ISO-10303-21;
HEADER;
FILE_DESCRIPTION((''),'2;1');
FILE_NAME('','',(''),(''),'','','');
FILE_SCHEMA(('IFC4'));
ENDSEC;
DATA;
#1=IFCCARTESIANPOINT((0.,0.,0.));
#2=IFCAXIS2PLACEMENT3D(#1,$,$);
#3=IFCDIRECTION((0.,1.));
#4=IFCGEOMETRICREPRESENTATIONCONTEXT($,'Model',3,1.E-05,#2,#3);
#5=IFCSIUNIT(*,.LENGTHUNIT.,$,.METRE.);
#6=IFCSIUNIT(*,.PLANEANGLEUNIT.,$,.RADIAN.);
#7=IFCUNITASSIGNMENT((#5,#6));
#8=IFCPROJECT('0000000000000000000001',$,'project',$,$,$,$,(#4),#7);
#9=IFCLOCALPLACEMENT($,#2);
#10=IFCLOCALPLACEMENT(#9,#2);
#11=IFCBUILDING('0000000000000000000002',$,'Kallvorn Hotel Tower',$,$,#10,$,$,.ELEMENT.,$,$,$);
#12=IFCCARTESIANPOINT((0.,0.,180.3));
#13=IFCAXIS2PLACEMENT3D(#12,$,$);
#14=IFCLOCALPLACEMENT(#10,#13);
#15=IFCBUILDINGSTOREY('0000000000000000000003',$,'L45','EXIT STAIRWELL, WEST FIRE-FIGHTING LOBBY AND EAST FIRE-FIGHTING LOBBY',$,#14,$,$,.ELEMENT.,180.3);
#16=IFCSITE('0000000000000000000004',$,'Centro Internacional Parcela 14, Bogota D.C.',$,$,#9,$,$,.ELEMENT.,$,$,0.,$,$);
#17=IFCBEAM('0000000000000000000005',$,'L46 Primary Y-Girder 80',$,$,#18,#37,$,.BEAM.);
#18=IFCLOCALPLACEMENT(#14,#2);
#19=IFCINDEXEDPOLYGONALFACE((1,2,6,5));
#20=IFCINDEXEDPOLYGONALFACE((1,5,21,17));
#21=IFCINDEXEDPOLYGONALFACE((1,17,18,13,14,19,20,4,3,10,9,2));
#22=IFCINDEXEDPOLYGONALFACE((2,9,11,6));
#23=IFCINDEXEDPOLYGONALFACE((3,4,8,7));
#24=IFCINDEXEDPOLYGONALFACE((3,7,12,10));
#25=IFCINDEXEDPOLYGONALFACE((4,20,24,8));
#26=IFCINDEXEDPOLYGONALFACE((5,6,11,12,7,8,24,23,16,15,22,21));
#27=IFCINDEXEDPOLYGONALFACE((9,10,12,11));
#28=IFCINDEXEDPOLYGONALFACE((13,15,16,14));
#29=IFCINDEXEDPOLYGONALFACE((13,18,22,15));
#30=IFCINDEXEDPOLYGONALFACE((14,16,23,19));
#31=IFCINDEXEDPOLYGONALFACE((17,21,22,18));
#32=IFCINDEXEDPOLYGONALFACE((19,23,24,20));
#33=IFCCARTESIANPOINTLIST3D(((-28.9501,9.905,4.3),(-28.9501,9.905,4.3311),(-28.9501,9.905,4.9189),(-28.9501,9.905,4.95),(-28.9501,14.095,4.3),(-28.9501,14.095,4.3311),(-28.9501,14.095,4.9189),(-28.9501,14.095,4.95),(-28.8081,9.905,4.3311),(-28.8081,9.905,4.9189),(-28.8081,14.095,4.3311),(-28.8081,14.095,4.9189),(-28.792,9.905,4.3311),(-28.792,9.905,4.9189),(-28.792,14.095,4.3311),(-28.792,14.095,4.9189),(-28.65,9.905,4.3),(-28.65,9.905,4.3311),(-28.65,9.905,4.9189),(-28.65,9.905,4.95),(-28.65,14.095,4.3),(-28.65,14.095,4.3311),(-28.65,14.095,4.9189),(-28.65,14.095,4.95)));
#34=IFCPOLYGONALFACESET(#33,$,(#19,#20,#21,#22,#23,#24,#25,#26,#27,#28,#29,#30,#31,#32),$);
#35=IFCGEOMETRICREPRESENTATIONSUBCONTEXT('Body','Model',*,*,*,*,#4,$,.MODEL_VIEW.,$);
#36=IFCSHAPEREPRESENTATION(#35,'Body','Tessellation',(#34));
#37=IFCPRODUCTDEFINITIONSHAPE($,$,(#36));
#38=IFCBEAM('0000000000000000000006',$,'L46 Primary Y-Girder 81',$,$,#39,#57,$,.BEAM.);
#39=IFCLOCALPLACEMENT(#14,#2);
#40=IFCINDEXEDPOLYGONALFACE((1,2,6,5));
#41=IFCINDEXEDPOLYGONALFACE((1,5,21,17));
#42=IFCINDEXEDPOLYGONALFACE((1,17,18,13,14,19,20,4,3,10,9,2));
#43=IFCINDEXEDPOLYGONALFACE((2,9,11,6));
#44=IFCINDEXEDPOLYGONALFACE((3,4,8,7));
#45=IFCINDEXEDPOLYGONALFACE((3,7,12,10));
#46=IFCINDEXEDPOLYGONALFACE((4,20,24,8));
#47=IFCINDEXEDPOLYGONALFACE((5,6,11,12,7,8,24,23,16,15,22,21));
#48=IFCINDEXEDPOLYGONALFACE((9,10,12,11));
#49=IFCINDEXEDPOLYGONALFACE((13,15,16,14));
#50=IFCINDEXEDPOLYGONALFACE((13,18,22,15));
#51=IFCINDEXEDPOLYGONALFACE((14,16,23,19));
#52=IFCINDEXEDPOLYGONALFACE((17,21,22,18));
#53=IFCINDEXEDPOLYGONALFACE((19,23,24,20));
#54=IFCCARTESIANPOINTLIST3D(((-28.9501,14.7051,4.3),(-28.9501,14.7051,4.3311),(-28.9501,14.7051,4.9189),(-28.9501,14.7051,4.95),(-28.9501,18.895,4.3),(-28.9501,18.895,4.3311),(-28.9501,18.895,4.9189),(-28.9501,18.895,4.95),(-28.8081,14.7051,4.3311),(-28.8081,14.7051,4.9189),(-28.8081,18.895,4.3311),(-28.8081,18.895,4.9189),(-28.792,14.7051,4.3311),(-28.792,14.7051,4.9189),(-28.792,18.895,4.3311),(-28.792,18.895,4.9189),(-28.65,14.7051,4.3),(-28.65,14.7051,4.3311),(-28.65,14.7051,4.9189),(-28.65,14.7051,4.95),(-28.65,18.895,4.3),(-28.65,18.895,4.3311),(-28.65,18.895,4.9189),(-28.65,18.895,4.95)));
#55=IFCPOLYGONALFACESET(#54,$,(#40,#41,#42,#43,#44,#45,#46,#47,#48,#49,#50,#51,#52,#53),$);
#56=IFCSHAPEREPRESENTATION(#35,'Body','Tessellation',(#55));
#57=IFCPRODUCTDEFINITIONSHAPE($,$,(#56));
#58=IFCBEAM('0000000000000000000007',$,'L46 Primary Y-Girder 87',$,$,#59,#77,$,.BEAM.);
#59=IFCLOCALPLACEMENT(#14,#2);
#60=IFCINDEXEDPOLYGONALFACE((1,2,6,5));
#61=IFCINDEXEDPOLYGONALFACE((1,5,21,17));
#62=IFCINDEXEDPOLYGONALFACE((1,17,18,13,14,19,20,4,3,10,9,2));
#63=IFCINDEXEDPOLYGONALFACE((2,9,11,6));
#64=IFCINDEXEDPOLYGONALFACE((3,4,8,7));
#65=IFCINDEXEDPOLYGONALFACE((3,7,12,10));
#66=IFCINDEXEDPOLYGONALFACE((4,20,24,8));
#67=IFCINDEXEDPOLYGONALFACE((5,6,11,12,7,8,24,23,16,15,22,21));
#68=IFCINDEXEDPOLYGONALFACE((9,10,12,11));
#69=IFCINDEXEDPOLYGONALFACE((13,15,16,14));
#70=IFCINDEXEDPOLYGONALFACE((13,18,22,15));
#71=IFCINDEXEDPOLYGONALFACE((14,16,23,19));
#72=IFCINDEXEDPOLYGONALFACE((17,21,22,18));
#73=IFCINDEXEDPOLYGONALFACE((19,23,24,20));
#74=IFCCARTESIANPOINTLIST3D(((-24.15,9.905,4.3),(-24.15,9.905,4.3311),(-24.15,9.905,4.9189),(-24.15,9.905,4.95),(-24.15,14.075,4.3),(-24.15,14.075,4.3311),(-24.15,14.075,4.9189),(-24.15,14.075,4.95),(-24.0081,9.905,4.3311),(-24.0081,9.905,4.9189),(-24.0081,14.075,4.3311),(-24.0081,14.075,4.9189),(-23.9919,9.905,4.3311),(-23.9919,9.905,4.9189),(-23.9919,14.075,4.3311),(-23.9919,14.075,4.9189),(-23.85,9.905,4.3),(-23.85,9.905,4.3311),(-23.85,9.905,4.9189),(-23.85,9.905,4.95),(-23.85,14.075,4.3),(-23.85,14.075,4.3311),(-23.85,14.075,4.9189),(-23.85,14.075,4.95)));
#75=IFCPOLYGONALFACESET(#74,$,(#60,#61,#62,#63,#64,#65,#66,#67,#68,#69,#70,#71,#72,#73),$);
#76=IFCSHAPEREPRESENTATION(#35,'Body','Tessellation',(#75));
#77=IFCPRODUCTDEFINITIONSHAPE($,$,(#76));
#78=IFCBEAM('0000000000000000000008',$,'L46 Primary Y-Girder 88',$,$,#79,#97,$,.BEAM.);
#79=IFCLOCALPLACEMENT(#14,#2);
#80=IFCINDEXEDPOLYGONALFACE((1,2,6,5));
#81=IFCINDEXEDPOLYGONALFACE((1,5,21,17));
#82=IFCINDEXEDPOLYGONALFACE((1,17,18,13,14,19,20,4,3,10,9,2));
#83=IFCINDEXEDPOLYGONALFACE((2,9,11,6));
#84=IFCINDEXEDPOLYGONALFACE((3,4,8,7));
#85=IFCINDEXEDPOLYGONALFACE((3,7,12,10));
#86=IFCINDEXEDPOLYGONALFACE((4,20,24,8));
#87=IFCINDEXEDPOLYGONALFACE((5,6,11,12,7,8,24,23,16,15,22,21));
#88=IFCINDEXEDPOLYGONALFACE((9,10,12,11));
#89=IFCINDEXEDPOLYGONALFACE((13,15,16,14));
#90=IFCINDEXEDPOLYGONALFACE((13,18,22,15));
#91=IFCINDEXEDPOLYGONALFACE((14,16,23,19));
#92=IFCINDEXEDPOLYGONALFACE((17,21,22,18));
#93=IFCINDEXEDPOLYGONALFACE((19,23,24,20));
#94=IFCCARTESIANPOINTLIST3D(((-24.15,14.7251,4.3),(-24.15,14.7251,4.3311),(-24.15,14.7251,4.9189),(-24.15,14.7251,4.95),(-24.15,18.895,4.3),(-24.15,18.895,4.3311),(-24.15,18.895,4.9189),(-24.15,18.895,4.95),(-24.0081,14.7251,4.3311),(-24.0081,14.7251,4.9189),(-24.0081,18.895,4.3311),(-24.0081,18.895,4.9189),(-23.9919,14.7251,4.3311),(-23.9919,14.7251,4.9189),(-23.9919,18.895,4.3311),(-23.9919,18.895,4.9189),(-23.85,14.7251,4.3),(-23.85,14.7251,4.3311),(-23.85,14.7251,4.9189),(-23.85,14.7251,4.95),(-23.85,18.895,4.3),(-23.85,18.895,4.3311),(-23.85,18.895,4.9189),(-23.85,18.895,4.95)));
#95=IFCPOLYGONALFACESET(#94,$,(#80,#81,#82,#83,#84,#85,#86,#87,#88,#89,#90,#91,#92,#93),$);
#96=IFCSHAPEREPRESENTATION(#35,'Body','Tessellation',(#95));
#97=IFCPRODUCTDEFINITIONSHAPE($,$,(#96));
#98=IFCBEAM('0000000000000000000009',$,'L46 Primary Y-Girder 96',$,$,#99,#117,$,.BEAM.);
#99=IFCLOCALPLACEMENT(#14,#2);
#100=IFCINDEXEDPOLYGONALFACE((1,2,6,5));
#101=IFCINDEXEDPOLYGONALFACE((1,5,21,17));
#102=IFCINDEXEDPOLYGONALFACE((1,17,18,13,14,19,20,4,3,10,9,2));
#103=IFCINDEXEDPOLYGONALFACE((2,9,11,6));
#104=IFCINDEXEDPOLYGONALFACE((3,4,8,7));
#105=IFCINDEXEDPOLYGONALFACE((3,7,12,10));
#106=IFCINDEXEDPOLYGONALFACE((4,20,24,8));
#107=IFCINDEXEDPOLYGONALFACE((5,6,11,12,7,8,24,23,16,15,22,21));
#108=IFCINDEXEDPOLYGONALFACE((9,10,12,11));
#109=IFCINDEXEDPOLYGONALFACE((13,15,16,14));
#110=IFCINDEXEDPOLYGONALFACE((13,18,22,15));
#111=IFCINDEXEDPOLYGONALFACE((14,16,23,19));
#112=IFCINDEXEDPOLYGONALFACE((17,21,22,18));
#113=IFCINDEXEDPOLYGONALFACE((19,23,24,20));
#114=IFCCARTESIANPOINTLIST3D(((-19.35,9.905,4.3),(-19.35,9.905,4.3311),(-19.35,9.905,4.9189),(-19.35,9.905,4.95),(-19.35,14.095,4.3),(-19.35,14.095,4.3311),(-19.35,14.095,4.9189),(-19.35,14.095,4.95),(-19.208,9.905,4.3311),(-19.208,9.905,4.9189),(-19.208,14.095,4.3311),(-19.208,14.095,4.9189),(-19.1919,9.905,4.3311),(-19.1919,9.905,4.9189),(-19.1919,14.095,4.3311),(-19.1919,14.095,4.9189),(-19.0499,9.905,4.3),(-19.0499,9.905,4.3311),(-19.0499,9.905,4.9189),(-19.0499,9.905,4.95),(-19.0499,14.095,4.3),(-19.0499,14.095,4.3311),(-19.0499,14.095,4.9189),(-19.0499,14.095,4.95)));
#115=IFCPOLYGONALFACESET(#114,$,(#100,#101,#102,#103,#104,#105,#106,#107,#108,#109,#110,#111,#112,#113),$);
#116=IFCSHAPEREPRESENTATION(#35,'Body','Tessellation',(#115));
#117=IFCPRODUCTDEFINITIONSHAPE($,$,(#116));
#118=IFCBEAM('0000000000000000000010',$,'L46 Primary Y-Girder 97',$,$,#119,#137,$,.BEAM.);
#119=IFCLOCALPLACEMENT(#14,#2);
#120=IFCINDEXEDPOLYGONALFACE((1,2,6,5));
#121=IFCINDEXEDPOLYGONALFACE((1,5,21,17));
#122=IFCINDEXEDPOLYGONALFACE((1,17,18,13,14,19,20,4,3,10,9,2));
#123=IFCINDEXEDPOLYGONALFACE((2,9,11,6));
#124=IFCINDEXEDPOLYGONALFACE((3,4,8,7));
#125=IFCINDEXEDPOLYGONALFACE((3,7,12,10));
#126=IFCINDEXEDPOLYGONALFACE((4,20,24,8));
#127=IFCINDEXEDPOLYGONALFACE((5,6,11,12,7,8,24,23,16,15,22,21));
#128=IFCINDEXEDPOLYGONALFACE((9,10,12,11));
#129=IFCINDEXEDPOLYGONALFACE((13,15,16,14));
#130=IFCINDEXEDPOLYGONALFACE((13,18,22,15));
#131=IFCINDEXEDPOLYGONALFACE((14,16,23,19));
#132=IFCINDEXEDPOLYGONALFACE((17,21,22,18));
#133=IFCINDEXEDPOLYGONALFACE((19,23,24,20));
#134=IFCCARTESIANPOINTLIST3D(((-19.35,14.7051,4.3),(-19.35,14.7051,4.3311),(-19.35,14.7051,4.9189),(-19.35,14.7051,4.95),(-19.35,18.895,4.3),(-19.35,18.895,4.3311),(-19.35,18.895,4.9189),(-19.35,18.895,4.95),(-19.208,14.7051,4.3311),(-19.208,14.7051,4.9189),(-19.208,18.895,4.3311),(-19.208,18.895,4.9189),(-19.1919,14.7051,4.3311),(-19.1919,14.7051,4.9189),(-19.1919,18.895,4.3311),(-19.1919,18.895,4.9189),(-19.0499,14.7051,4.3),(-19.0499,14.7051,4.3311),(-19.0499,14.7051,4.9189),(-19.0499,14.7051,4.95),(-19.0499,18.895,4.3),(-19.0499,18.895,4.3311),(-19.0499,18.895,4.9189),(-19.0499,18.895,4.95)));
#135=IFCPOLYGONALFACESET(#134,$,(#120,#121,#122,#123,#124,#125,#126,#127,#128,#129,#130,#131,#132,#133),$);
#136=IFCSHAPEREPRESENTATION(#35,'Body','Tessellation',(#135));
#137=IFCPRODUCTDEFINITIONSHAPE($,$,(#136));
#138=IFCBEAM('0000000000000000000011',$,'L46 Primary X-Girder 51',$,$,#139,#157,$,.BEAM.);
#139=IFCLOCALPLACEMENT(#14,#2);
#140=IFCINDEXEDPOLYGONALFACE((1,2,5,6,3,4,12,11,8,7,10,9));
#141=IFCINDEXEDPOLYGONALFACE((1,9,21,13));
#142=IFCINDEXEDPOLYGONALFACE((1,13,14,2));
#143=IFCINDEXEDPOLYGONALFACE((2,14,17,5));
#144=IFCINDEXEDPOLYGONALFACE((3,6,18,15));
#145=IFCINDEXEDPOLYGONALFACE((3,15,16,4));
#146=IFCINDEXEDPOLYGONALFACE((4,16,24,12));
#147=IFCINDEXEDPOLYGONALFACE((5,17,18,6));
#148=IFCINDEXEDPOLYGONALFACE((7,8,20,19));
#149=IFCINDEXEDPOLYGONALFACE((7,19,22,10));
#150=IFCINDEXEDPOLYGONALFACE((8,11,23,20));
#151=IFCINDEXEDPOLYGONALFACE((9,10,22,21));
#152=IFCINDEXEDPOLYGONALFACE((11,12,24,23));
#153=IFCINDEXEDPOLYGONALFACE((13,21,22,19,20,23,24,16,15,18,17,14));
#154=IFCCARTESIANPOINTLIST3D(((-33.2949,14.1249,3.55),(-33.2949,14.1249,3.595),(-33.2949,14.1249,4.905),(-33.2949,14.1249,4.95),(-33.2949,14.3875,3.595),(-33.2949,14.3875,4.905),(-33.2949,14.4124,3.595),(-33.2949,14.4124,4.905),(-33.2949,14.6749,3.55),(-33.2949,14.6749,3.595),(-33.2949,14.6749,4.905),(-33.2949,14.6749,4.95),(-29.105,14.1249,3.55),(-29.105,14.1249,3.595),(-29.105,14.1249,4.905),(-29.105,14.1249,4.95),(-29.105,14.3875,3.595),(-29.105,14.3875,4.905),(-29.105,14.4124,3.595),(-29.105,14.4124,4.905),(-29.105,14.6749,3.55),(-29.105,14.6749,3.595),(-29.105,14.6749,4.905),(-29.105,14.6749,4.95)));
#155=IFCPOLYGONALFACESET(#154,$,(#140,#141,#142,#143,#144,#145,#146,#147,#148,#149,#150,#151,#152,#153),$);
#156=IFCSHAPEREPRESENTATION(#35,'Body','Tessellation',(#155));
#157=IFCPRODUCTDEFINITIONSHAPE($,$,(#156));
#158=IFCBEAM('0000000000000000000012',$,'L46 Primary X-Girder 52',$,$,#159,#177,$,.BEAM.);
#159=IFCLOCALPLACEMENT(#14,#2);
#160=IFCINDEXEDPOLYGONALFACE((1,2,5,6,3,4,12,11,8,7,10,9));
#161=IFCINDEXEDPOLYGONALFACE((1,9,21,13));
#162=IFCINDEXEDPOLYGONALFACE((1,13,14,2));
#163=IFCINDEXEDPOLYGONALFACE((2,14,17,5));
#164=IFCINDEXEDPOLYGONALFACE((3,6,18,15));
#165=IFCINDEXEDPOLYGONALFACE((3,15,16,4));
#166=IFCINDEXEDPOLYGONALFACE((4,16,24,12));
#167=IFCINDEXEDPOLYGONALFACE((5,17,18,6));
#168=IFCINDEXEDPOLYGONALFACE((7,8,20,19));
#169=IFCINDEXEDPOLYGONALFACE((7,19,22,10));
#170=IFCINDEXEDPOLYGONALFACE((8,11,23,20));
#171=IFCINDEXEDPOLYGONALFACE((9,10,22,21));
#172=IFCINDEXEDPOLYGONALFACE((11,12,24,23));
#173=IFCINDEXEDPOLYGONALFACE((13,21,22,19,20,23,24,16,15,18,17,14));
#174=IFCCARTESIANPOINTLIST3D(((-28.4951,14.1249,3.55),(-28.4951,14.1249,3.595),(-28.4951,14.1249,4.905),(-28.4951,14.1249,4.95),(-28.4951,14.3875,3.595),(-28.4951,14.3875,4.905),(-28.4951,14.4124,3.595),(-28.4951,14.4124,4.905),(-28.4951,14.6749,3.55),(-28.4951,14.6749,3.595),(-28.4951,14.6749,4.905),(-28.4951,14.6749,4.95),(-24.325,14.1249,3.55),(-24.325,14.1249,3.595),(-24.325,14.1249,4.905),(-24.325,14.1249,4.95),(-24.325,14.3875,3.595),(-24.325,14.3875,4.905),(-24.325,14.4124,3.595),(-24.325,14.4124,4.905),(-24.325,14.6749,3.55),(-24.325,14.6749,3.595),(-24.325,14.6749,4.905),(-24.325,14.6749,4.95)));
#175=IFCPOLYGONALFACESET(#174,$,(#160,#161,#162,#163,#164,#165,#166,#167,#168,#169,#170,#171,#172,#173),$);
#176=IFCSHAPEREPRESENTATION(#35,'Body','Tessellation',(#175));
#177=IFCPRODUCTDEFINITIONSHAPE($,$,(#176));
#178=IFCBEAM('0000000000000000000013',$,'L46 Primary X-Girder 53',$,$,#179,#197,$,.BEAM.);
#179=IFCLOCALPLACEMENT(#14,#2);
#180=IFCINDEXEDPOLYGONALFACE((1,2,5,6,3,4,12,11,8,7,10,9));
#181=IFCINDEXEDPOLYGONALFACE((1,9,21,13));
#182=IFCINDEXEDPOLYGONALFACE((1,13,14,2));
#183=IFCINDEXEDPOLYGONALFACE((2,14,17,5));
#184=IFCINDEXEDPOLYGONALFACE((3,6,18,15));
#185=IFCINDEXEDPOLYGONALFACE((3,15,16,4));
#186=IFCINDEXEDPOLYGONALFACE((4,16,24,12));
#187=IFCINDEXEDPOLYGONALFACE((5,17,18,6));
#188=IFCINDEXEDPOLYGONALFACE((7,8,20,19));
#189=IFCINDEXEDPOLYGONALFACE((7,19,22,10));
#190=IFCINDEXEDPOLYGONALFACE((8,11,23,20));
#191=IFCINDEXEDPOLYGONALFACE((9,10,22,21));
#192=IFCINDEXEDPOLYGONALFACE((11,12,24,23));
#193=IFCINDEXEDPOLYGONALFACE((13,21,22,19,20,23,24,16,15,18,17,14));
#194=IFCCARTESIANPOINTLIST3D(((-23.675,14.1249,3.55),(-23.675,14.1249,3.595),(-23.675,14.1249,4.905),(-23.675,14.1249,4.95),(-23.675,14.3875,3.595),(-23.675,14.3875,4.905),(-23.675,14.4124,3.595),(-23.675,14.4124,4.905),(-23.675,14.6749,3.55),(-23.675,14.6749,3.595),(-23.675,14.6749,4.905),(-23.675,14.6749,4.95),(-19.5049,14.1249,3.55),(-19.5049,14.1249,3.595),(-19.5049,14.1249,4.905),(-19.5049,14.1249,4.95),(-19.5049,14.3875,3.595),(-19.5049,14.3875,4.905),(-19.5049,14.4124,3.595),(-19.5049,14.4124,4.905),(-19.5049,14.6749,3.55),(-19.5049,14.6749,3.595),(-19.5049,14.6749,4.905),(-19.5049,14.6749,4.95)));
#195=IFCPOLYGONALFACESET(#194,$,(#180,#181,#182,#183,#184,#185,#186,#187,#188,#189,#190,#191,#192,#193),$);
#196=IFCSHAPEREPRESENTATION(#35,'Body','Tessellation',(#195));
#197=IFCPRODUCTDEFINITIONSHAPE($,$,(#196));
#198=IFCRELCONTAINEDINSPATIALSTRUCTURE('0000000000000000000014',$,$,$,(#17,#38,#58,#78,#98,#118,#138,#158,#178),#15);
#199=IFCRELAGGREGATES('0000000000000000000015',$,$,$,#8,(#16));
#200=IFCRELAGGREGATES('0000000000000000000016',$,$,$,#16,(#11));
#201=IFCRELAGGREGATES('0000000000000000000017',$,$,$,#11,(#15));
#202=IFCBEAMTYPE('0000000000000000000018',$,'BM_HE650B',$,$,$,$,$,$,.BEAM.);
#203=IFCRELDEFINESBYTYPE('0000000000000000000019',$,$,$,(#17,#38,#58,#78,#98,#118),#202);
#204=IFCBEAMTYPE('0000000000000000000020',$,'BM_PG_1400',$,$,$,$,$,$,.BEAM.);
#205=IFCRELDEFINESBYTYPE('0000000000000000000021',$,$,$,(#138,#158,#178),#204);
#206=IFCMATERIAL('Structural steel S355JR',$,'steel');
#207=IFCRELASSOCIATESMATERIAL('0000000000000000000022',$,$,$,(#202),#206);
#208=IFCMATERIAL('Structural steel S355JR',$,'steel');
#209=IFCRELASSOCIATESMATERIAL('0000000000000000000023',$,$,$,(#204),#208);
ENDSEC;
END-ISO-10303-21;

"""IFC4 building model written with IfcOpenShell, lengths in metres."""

from ifc_helpers import new_model, si_unit, direction, frame, origin, origin_2d, place, context, subcontext, project, spatial, i_section, extrude, material, material_profile, profile_set, type_object, element, save


model = new_model("IFC4")

# Units and contexts
model_context = context("Model", 3, precision=1e-05, world=origin(), true_north=direction((0.0, 1.0)))
body_context = subcontext(model_context, "Body", "Model", "MODEL_VIEW")
ifc_project = project(units=[si_unit("LENGTHUNIT", "METRE"), si_unit("PLANEANGLEUNIT", "RADIAN")], contexts=[model_context])

# Site, building, storey
site_placement = place(None, origin())
site = spatial("IfcSite", under=ifc_project, at=site_placement, Name="Centro Internacional Parcela 14, Bogota D.C.", CompositionType="ELEMENT", RefElevation=0.0)
building_placement = place(site_placement, origin())
building = spatial("IfcBuilding", under=site, at=building_placement, Name="Kallvorn Hotel Tower", CompositionType="ELEMENT")
storey_placement = place(building_placement, frame((0.0, 0.0, 180.3)))
storey = spatial("IfcBuildingStorey", under=building, at=storey_placement, Name="L45", Description="EXIT STAIRWELL, WEST FIRE-FIGHTING LOBBY AND EAST FIRE-FIGHTING LOBBY", CompositionType="ELEMENT", Elevation=180.3)

# Beams
ifc_material_1 = material(Name="Structural steel S355JR", Category="steel")
ifc_material_profile_1 = material_profile(ifc_material_1, i_section(OverallWidth=0.3, OverallDepth=0.6499, WebThickness=0.0161, FlangeThickness=0.031, at=origin_2d()), Name="HE 650 B")
ifc_profile_set_1 = profile_set([ifc_material_profile_1], Name="Structural steel S355JR")
beam_type_1 = type_object("IfcBeamType", Name="BM_HE650B", PredefinedType="BEAM", material=ifc_profile_set_1)
for number, where, z_axis, x_axis, name in (
    (1, (-28.8, 9.905, 4.625), (0.0, 1.0, 0.0), (-1.0, 0.0, 0.0), "L46 Primary Y-Girder 80"),
    (2, (-28.8, 14.7051, 4.625), (0.0, 1.0, 0.0), (-1.0, 0.0, 0.0), "L46 Primary Y-Girder 81"),
):
    element("IfcBeam", number, at=place(storey_placement, frame(where, z_axis=z_axis, x_axis=x_axis)), inside=storey, type_object=beam_type_1, Name=name, PredefinedType="BEAM", context=body_context, shape_type="SweptSolid", body=[
        extrude(i_section(OverallWidth=0.3, OverallDepth=0.6499, WebThickness=0.0161, FlangeThickness=0.031, at=origin_2d()), origin(), (0.0, 0.0, 1.0), 4.1899),
    ])
for number, where, z_axis, x_axis, name in (
    (3, (-24.0, 9.905, 4.625), (0.0, 1.0, 0.0), (-1.0, 0.0, 0.0), "L46 Primary Y-Girder 87"),
    (4, (-24.0, 14.7251, 4.625), (0.0, 1.0, 0.0), (-1.0, 0.0, 0.0), "L46 Primary Y-Girder 88"),
):
    element("IfcBeam", number, at=place(storey_placement, frame(where, z_axis=z_axis, x_axis=x_axis)), inside=storey, type_object=beam_type_1, Name=name, PredefinedType="BEAM", context=body_context, shape_type="SweptSolid", body=[
        extrude(i_section(OverallWidth=0.3, OverallDepth=0.6499, WebThickness=0.0161, FlangeThickness=0.031, at=origin_2d()), origin(), (0.0, 0.0, 1.0), 4.1699),
    ])
for number, where, z_axis, x_axis, name in (
    (5, (-19.2, 9.905, 4.625), (0.0, 1.0, 0.0), (-1.0, 0.0, 0.0), "L46 Primary Y-Girder 96"),
    (6, (-19.2, 14.7051, 4.625), (0.0, 1.0, 0.0), (-1.0, 0.0, 0.0), "L46 Primary Y-Girder 97"),
):
    element("IfcBeam", number, at=place(storey_placement, frame(where, z_axis=z_axis, x_axis=x_axis)), inside=storey, type_object=beam_type_1, Name=name, PredefinedType="BEAM", context=body_context, shape_type="SweptSolid", body=[
        extrude(i_section(OverallWidth=0.3, OverallDepth=0.6499, WebThickness=0.0161, FlangeThickness=0.031, at=origin_2d()), origin(), (0.0, 0.0, 1.0), 4.1899),
    ])
ifc_material_2 = material(Name="Structural steel S355JR", Category="steel")
ifc_material_profile_2 = material_profile(ifc_material_2, i_section(OverallWidth=0.55, OverallDepth=1.3999, WebThickness=0.0249, FlangeThickness=0.0449, at=origin_2d()), Name="PG 1400x550x25x45")
ifc_profile_set_2 = profile_set([ifc_material_profile_2], Name="Structural steel S355JR")
beam_type_2 = type_object("IfcBeamType", Name="BM_PG_1400", PredefinedType="BEAM", material=ifc_profile_set_2)
beam_1_placement = place(storey_placement, frame((-33.2949, 14.3999, 4.25), z_axis=(1.0, 0.0, 0.0), x_axis=(0.0, 1.0, 0.0)))
element("IfcBeam", 7, at=beam_1_placement, inside=storey, type_object=beam_type_2, Name="L46 Primary X-Girder 51", PredefinedType="BEAM", context=body_context, shape_type="SweptSolid", body=[
    extrude(i_section(OverallWidth=0.55, OverallDepth=1.3999, WebThickness=0.0249, FlangeThickness=0.0449, at=origin_2d()), origin(), (0.0, 0.0, 1.0), 4.1899),
])
for number, where, z_axis, x_axis, name in (
    (8, (-28.4951, 14.3999, 4.25), (1.0, 0.0, 0.0), (0.0, 1.0, 0.0), "L46 Primary X-Girder 52"),
    (9, (-23.675, 14.3999, 4.25), (1.0, 0.0, 0.0), (0.0, 1.0, 0.0), "L46 Primary X-Girder 53"),
):
    element("IfcBeam", number, at=place(storey_placement, frame(where, z_axis=z_axis, x_axis=x_axis)), inside=storey, type_object=beam_type_2, Name=name, PredefinedType="BEAM", context=body_context, shape_type="SweptSolid", body=[
        extrude(i_section(OverallWidth=0.55, OverallDepth=1.3999, WebThickness=0.0249, FlangeThickness=0.0449, at=origin_2d()), origin(), (0.0, 0.0, 1.0), 4.1702),
    ])

save(model, "model.ifc")
